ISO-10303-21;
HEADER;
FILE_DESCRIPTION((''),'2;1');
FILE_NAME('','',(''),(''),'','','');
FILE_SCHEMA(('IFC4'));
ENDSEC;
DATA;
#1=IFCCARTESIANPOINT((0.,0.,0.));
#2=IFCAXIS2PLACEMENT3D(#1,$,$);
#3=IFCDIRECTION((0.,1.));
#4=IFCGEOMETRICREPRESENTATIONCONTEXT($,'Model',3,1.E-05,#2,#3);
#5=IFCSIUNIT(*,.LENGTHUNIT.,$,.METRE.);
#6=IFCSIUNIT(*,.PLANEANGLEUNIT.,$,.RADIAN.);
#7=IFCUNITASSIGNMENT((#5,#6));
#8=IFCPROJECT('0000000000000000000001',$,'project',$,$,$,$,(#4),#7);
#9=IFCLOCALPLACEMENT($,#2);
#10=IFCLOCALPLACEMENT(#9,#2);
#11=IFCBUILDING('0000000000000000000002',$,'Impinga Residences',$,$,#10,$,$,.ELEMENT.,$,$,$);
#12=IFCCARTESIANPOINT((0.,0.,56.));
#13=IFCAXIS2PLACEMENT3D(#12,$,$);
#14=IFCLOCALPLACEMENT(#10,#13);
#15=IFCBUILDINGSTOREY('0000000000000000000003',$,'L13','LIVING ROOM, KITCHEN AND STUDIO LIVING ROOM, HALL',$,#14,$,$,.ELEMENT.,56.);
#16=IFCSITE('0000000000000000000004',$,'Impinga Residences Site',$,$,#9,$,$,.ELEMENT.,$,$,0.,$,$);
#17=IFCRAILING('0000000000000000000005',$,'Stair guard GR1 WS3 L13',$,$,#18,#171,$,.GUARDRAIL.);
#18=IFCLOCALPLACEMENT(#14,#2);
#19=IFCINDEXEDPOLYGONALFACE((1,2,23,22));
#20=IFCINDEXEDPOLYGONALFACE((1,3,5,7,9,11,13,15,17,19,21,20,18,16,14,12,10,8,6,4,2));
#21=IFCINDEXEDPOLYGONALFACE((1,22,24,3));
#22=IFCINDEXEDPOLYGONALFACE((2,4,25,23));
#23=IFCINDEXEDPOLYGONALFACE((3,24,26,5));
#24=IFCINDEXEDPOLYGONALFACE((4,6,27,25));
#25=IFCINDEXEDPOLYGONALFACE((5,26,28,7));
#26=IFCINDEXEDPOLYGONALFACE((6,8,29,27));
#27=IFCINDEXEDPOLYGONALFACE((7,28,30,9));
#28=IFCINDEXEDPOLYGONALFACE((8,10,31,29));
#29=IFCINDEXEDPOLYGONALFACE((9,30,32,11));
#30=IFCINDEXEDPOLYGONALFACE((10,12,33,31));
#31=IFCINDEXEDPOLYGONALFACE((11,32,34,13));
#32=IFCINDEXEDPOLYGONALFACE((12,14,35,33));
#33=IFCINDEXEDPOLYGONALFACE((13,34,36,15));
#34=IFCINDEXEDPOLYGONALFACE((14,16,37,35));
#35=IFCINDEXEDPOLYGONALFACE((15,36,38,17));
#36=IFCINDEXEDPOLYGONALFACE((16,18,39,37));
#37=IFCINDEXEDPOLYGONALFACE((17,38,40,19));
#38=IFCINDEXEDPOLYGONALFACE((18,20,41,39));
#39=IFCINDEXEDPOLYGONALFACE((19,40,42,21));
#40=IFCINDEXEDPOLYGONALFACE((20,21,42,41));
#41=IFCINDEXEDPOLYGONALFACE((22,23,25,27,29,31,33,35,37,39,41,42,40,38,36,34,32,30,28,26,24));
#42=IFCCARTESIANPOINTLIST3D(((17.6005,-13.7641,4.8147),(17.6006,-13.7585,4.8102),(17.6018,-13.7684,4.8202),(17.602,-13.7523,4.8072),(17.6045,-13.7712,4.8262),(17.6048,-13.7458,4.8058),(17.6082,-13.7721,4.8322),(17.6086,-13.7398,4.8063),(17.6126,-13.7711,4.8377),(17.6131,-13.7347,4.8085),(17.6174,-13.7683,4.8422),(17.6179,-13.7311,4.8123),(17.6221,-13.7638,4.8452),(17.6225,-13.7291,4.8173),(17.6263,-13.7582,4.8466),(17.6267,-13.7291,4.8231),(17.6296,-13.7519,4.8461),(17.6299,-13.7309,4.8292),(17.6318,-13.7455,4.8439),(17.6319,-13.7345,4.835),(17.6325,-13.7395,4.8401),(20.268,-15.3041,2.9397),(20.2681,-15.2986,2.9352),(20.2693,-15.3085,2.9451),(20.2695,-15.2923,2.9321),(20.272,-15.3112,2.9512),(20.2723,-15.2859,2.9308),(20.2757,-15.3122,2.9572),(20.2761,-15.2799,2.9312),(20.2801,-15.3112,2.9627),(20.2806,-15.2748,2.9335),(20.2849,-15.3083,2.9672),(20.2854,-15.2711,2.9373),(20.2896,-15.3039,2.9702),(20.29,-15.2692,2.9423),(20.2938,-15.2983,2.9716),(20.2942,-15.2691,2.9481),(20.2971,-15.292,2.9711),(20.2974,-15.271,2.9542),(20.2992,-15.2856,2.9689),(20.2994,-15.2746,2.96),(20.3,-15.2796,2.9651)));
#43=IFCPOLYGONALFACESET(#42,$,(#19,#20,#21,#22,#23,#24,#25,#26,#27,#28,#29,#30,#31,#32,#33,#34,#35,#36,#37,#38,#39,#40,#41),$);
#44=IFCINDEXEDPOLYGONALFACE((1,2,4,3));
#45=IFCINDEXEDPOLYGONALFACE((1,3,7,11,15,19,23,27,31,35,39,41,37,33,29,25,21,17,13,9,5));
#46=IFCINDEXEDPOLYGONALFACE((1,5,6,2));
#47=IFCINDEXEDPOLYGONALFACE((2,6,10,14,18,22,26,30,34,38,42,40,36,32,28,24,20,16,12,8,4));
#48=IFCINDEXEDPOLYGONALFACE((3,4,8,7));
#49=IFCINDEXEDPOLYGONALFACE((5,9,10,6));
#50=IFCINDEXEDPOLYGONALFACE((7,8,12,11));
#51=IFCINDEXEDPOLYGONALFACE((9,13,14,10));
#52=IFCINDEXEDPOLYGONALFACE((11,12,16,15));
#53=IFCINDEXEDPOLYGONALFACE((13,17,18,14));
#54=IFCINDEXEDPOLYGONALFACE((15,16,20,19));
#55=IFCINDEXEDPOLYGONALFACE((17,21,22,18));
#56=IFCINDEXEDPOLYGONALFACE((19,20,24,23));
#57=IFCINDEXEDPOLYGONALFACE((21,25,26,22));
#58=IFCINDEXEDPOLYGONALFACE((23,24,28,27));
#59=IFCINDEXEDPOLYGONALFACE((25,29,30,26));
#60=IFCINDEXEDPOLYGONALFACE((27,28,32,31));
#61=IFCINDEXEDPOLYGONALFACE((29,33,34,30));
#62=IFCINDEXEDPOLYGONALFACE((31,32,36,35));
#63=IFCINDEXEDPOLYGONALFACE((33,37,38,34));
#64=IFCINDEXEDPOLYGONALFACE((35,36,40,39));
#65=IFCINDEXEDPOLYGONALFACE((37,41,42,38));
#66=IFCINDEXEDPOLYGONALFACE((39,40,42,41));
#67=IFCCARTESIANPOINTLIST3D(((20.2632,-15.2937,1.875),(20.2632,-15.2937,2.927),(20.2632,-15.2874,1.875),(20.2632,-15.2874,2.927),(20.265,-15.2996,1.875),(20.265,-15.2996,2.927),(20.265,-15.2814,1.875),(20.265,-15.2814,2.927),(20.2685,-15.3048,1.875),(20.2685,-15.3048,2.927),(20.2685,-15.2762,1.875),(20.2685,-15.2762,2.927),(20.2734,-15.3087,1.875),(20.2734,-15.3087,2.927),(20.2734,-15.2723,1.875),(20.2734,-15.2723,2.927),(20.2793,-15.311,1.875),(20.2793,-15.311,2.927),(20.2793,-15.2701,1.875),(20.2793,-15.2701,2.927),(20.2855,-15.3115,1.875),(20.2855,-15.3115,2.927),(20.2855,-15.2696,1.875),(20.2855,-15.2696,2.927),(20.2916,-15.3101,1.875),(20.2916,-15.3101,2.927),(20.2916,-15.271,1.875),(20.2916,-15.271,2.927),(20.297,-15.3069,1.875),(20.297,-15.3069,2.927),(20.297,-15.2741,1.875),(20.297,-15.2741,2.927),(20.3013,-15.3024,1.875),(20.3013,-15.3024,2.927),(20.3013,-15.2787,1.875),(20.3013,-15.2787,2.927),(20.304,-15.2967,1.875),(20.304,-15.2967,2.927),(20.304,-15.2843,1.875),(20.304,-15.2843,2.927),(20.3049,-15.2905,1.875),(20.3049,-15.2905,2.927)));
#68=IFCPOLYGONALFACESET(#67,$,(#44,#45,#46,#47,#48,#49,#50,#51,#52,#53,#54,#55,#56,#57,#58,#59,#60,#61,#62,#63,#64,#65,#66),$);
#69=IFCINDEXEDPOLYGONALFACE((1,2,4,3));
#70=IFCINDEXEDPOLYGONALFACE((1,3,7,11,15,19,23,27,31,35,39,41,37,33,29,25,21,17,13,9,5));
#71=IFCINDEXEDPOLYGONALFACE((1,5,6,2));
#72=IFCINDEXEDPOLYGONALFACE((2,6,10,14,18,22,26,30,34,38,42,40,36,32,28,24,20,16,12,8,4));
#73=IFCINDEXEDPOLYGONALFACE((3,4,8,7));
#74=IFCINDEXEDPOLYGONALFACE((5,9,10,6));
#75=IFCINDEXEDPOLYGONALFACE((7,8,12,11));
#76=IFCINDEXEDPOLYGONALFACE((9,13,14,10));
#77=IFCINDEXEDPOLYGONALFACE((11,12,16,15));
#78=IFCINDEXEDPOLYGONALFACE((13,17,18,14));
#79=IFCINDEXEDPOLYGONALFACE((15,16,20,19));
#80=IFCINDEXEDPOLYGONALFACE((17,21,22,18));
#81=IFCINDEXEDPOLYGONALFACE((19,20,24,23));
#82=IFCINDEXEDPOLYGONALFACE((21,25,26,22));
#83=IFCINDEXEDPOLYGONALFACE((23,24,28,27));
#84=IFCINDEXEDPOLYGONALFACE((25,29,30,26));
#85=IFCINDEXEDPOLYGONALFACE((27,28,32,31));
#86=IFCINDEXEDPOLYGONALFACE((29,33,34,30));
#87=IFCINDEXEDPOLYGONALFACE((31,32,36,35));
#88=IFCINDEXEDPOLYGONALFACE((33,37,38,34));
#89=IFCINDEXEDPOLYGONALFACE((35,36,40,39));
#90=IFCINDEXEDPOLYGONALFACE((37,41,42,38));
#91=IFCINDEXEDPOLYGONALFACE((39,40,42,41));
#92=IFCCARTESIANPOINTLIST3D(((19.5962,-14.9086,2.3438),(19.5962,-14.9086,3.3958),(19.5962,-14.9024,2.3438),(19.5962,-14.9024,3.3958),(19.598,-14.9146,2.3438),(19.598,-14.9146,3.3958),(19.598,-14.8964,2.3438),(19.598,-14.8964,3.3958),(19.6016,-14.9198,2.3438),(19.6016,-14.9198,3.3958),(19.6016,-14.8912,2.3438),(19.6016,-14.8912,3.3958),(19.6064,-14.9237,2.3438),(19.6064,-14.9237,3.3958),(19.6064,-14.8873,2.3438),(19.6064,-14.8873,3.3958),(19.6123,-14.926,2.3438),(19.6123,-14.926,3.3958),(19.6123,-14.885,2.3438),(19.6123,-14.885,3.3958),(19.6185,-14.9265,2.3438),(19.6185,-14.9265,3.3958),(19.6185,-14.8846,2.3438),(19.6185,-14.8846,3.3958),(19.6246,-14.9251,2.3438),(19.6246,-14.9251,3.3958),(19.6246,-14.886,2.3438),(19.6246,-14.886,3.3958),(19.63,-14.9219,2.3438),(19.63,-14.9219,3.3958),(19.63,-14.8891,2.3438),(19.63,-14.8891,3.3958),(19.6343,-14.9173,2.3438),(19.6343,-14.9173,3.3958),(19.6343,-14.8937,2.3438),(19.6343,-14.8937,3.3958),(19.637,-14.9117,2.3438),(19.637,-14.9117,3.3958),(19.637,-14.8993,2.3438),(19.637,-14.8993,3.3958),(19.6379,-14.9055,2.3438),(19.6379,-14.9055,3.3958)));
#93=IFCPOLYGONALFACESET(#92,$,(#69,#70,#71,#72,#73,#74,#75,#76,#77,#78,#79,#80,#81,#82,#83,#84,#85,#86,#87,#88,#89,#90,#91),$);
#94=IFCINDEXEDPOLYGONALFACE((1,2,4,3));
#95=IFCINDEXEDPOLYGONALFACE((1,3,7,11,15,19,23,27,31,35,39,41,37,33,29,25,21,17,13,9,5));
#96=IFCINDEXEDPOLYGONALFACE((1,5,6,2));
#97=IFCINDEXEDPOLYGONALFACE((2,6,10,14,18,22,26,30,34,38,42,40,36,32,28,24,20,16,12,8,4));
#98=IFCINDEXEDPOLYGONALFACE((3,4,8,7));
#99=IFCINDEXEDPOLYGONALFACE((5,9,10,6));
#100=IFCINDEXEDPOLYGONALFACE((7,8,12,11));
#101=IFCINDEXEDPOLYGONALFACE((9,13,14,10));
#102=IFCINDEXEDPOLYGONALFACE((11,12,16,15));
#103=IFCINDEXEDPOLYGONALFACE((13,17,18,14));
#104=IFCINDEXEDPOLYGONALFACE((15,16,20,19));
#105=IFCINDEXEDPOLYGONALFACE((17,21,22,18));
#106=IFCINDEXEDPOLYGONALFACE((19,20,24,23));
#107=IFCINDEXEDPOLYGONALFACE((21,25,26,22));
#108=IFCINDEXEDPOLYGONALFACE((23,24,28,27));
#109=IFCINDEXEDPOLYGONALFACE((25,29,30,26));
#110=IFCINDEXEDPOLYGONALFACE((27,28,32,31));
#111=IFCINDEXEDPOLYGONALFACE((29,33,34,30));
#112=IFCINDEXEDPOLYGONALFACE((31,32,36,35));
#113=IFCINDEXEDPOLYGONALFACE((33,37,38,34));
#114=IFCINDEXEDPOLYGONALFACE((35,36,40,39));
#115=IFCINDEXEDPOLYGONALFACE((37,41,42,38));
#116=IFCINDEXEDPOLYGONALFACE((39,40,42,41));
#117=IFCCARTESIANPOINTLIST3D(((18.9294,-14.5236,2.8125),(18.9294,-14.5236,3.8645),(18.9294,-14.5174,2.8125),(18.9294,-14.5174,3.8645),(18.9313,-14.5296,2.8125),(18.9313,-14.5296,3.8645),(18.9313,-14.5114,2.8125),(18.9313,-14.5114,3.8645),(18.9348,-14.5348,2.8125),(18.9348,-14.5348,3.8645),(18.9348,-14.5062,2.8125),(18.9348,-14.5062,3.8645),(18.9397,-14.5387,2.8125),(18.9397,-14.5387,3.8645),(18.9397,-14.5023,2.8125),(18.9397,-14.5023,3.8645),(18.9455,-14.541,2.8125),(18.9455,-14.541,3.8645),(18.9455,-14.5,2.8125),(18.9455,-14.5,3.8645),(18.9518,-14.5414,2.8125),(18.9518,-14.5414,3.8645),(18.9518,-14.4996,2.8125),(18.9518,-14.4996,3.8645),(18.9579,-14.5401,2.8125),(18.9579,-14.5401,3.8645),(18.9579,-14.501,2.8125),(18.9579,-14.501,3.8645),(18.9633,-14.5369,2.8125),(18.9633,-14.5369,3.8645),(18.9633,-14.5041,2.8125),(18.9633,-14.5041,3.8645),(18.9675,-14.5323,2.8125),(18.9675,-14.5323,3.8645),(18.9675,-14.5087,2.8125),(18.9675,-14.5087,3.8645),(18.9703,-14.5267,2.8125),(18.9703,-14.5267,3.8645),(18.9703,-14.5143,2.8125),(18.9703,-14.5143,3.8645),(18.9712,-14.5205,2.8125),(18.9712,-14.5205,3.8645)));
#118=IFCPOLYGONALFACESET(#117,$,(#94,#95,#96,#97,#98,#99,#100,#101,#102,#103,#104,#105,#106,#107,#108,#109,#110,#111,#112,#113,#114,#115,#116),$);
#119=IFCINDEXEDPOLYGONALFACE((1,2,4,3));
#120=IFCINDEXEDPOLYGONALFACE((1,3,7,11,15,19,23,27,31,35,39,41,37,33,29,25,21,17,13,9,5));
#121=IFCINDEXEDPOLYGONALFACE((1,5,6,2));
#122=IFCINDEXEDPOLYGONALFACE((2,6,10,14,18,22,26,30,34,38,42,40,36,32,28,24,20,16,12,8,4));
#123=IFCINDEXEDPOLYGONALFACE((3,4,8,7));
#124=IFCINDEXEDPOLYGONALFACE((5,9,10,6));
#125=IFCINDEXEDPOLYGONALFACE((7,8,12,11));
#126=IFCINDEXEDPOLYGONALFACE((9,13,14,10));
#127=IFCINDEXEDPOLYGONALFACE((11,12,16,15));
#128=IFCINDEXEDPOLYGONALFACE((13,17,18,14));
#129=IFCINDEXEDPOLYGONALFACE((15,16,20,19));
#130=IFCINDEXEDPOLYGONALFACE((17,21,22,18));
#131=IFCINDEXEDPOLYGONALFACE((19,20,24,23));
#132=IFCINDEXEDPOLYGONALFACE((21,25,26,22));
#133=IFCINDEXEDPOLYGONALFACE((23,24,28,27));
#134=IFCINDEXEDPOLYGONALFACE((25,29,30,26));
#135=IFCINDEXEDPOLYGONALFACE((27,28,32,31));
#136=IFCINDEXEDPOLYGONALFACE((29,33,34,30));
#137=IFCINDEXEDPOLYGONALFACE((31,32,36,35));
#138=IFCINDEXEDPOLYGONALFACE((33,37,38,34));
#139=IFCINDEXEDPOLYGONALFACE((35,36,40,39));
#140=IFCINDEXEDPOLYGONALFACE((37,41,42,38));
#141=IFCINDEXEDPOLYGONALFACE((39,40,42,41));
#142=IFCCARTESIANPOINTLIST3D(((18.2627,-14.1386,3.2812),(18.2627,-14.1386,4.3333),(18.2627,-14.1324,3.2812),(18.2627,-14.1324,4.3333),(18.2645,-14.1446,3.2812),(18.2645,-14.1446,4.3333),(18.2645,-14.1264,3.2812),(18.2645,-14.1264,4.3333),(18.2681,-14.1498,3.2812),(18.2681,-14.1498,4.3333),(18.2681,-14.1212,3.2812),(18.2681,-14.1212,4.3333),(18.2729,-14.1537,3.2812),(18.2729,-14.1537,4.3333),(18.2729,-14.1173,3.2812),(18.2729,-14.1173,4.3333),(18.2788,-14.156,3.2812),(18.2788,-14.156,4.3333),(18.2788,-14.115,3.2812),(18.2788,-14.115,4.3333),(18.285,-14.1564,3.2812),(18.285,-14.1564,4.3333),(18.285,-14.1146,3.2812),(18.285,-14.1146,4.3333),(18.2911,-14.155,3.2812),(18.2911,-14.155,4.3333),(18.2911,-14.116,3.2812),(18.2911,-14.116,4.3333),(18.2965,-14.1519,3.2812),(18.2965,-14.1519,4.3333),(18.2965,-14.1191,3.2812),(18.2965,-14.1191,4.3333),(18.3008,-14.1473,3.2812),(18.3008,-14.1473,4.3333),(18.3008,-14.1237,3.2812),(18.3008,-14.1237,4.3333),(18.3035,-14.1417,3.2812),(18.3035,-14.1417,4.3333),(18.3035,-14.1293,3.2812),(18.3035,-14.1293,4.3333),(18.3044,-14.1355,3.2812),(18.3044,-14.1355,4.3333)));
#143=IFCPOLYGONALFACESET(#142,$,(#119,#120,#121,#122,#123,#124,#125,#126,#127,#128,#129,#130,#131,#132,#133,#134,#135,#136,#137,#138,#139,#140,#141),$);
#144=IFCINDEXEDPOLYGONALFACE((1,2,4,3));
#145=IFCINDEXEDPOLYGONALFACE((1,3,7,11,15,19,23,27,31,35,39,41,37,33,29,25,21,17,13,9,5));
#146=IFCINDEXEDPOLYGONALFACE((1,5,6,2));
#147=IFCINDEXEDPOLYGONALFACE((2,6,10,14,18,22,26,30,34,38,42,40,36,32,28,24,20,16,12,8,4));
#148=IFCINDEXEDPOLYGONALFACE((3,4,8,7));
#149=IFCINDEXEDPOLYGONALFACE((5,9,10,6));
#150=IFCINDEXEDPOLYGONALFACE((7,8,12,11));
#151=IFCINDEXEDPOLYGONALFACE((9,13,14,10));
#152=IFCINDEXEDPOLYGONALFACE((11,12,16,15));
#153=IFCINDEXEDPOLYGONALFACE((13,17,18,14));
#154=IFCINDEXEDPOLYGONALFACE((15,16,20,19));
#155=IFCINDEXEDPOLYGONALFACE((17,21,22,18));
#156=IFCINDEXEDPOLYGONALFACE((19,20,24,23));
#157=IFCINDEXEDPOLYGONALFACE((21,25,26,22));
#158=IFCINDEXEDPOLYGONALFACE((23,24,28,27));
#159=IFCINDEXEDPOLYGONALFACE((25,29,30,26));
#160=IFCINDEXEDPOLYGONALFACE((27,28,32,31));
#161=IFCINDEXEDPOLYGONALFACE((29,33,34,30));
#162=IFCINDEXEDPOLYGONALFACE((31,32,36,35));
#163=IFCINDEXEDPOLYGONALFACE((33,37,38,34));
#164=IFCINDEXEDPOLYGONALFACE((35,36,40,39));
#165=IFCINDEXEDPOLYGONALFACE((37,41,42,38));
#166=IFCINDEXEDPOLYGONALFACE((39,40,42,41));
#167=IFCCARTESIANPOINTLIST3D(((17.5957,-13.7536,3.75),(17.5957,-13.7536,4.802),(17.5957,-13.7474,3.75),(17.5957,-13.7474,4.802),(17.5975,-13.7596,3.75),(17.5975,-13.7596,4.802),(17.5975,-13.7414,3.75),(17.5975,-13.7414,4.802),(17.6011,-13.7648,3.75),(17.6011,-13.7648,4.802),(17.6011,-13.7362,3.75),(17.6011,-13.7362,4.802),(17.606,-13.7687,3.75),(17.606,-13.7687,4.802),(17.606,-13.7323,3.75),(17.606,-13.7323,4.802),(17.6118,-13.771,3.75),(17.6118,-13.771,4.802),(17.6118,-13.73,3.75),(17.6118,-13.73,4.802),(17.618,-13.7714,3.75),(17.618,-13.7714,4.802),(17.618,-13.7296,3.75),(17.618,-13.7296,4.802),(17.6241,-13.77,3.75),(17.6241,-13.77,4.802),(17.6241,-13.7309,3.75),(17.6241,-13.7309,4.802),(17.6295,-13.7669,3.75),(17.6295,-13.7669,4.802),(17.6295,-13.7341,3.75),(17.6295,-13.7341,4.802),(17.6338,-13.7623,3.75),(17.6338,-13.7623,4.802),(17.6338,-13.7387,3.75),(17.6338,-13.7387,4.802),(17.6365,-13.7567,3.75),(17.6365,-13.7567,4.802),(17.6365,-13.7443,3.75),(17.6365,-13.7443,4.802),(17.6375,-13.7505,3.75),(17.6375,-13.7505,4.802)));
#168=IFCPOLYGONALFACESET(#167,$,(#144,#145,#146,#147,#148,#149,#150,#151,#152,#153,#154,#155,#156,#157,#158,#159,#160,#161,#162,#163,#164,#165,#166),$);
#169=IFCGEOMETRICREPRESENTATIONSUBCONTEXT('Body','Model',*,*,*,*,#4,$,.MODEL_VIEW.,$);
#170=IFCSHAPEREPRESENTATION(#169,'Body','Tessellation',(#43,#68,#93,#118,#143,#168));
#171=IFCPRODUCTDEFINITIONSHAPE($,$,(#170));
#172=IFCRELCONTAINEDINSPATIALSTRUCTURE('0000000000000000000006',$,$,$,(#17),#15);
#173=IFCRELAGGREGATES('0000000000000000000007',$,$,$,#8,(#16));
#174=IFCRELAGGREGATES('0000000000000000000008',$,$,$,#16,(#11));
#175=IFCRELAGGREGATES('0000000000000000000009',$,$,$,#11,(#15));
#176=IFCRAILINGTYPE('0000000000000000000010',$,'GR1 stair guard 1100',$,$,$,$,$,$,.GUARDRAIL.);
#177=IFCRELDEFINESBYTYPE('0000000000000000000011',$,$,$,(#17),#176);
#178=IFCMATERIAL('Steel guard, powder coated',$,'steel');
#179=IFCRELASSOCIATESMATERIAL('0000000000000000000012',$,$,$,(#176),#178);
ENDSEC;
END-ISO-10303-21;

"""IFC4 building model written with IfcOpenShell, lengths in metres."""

from ifc_helpers import new_model, si_unit, direction, frame, origin, origin_2d, place, context, subcontext, project, spatial, circle, extrude, material, type_object, element, save


model = new_model("IFC4")

# Units and contexts
model_context = context("Model", 3, precision=1e-05, world=origin(), true_north=direction((0.0, 1.0)))
body_context = subcontext(model_context, "Body", "Model", "MODEL_VIEW")
ifc_project = project(units=[si_unit("LENGTHUNIT", "METRE"), si_unit("PLANEANGLEUNIT", "RADIAN")], contexts=[model_context])

# Site, building, storey
site_placement = place(None, origin())
site = spatial("IfcSite", under=ifc_project, at=site_placement, Name="Impinga Residences Site", CompositionType="ELEMENT", RefElevation=0.0)
building_placement = place(site_placement, origin())
building = spatial("IfcBuilding", under=site, at=building_placement, Name="Impinga Residences", CompositionType="ELEMENT")
storey_placement = place(building_placement, frame((0.0, 0.0, 56.0)))
storey = spatial("IfcBuildingStorey", under=building, at=storey_placement, Name="L13", Description="LIVING ROOM, KITCHEN AND STUDIO LIVING ROOM, HALL", CompositionType="ELEMENT", Elevation=56.0)

# Railing
ifc_material_1 = material(Name="Steel guard, powder coated", Category="steel")
railing_type_1 = type_object("IfcRailingType", Name="GR1 stair guard 1100", PredefinedType="GUARDRAIL", material=ifc_material_1)
railing_1_placement = place(storey_placement, frame((20.2839, -15.2905, 1.875)))
element("IfcRailing", 1, at=railing_1_placement, inside=storey, type_object=railing_type_1, Name="Stair guard GR1 WS3 L13", PredefinedType="GUARDRAIL", context=body_context, shape_type="SweptSolid", body=[
    extrude(circle(Radius=0.0239, at=origin_2d()), frame((0.0, 0.0, 1.0762), z_axis=(-0.739746, 0.427084, 0.519975), x_axis=(-0.499992, -0.86603, 0.0)), (0.0, 0.0, 1.0), 3.606),
    extrude(circle(Radius=0.021, at=origin_2d()), origin(), (0.0, 0.0, 1.0), 1.052),
    extrude(circle(Radius=0.021, at=origin_2d()), frame((-0.667, 0.385, 0.4688)), (0.0, 0.0, 1.0), 1.052),
    extrude(circle(Radius=0.021, at=origin_2d()), frame((-1.3337, 0.77, 0.9375)), (0.0, 0.0, 1.0), 1.052),
    extrude(circle(Radius=0.021, at=origin_2d()), frame((-2.0005, 1.155, 1.4062)), (0.0, 0.0, 1.0), 1.052),
    extrude(circle(Radius=0.021, at=origin_2d()), frame((-2.6675, 1.54, 1.875)), (0.0, 0.0, 1.0), 1.052),
])

save(model, "model.ifc")
